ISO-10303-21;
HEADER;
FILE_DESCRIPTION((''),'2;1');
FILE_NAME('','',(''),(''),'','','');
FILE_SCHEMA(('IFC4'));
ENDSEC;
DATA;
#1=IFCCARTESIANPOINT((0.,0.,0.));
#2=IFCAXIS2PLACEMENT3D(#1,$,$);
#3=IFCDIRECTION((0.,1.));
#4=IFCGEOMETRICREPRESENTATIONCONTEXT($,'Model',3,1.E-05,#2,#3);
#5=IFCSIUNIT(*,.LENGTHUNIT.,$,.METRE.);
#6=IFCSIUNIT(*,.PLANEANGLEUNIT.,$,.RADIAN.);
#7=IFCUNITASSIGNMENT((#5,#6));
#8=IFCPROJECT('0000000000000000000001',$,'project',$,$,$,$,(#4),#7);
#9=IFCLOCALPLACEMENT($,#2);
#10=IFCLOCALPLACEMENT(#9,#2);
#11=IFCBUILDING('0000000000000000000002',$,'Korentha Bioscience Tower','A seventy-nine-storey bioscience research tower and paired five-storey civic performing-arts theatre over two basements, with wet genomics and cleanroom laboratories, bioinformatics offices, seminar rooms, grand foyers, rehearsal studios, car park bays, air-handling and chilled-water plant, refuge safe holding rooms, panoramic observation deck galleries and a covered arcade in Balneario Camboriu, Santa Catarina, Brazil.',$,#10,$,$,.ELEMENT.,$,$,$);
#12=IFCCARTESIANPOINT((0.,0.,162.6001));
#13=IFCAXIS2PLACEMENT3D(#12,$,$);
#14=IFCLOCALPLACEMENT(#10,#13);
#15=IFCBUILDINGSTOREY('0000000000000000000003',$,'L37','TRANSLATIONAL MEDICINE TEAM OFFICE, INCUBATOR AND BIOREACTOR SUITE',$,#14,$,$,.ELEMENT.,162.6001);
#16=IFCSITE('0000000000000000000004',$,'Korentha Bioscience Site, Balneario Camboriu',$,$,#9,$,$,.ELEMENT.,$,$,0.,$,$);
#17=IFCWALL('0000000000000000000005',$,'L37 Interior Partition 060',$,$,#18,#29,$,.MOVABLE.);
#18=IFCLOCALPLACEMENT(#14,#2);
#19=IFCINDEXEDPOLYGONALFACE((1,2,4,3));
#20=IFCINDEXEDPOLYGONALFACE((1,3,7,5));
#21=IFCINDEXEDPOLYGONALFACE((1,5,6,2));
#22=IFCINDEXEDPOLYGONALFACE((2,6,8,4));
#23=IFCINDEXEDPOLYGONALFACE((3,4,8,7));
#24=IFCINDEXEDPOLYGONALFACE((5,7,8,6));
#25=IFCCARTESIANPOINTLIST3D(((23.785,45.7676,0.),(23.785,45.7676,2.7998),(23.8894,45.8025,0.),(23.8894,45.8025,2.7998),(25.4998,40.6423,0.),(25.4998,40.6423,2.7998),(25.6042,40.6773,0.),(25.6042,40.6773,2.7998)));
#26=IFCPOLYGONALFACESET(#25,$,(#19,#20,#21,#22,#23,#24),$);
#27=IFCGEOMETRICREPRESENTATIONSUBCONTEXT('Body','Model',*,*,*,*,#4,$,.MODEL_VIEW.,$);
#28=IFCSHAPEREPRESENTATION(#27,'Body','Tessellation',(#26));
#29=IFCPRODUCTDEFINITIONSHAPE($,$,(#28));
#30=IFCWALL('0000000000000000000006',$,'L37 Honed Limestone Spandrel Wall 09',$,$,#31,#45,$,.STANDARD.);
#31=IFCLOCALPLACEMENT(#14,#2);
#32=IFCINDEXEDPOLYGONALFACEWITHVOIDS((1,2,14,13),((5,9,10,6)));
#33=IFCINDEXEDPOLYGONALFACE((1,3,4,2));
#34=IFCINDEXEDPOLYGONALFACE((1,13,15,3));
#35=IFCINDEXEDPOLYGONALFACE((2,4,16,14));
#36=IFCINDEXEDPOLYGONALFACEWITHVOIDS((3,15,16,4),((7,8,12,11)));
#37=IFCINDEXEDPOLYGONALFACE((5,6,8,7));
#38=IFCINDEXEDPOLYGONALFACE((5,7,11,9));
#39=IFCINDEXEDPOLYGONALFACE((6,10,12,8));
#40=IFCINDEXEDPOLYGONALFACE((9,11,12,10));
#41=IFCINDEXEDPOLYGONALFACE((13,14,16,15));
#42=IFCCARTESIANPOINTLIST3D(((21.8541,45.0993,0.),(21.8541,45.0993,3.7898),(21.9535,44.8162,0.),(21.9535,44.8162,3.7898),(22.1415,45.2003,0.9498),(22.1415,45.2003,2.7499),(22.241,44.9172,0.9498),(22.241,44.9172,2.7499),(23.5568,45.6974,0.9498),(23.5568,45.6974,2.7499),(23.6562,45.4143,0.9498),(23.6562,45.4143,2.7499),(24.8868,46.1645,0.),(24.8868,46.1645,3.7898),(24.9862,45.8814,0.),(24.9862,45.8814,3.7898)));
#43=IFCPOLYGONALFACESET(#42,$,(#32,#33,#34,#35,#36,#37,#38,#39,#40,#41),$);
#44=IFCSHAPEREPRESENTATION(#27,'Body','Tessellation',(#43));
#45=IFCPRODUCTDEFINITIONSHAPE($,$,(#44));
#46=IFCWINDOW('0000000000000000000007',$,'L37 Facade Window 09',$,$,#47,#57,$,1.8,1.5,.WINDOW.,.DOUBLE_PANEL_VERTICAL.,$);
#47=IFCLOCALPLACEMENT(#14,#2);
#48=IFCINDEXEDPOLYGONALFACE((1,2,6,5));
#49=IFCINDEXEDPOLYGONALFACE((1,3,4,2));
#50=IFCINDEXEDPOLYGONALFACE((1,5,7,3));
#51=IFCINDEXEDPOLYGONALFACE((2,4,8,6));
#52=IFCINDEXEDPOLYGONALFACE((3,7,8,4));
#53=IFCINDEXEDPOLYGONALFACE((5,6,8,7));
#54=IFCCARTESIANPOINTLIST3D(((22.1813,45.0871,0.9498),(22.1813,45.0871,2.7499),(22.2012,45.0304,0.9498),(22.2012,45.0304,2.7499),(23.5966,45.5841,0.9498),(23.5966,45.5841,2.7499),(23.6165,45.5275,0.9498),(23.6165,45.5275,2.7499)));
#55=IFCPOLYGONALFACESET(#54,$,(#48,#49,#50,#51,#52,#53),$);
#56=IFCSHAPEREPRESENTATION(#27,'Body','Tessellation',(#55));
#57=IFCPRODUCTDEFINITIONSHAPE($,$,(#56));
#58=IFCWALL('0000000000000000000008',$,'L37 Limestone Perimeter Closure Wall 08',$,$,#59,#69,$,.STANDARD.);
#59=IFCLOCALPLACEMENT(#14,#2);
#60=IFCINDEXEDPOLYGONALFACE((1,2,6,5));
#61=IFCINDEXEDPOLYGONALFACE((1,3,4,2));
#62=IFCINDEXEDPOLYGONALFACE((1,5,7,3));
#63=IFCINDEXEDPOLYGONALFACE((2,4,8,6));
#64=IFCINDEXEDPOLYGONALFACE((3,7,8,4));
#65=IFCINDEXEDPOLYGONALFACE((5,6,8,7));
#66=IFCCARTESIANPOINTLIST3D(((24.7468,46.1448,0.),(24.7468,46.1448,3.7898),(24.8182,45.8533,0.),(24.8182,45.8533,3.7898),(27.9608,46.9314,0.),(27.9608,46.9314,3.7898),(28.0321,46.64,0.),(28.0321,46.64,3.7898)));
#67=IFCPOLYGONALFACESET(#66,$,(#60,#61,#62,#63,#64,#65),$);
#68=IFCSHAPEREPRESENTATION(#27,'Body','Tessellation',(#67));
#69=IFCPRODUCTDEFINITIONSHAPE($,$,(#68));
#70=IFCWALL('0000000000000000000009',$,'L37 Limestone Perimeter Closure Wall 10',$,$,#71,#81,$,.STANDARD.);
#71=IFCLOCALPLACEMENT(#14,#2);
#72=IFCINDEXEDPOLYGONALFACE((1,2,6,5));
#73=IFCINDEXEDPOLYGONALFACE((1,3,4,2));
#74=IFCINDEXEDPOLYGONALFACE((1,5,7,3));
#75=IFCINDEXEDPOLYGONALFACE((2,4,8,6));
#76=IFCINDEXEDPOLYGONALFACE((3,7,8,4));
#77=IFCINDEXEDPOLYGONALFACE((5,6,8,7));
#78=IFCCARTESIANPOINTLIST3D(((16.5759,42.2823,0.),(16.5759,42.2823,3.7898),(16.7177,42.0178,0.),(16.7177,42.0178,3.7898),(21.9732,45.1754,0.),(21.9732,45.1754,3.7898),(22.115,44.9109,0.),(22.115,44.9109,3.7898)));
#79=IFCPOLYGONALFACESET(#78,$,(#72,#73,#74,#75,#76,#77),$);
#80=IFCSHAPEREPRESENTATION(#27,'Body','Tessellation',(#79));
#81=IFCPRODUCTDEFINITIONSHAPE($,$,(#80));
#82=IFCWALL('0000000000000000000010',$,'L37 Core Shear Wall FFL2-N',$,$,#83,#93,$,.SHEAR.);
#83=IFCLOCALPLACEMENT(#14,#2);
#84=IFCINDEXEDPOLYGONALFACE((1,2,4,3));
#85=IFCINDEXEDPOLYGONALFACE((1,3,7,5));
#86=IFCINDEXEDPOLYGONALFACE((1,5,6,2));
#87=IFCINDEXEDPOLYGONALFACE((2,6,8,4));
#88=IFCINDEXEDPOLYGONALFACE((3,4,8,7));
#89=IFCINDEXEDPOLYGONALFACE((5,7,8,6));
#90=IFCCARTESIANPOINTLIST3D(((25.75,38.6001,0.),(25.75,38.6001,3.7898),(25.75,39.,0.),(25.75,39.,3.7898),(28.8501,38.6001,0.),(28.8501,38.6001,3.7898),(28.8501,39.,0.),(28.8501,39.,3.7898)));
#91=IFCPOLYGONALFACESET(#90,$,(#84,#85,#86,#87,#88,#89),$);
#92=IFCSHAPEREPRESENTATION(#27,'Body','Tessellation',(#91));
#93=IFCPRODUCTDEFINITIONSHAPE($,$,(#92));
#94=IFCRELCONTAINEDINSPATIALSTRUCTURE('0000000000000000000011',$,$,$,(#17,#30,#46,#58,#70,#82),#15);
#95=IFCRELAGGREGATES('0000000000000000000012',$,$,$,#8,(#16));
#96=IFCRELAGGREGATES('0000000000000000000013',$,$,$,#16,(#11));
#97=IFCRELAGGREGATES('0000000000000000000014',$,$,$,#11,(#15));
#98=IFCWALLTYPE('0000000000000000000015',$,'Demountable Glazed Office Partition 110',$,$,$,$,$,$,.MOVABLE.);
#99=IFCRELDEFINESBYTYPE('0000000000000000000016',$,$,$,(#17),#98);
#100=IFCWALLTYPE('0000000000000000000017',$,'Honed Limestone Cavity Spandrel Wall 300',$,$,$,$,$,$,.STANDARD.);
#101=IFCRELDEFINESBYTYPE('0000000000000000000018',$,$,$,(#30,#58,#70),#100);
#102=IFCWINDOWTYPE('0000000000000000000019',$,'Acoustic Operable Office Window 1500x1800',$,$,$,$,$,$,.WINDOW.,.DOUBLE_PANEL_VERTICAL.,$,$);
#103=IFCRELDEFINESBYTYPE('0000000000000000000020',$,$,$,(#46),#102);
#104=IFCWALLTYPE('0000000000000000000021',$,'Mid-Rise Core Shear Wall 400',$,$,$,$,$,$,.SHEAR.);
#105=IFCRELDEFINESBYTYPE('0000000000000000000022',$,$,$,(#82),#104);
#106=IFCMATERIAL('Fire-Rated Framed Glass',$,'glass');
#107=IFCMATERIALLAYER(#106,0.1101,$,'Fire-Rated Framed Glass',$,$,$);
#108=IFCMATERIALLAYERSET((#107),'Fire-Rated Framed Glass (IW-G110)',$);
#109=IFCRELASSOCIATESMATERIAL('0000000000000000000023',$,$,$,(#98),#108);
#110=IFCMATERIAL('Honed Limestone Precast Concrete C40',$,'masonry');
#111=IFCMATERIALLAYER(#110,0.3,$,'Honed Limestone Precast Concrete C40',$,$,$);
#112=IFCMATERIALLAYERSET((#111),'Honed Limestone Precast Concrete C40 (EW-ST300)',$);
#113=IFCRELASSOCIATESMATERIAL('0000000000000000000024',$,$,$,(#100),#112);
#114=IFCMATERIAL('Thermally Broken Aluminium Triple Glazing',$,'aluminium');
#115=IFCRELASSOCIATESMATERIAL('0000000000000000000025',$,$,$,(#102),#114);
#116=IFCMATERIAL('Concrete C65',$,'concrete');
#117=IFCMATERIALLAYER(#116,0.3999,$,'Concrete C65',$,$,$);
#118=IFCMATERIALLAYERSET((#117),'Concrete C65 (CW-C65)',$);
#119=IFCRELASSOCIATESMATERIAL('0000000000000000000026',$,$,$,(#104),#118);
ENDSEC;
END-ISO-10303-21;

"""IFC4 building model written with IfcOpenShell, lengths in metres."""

from ifc_helpers import new_model, si_unit, direction, frame, frame_2d, origin, place, context, subcontext, project, spatial, rectangle, extrude, material, layer, layer_set, type_object, element, fill, save


model = new_model("IFC4")

# Units and contexts
model_context = context("Model", 3, precision=1e-05, world=origin(), true_north=direction((0.0, 1.0)))
body_context = subcontext(model_context, "Body", "Model", "MODEL_VIEW")
ifc_project = project(units=[si_unit("LENGTHUNIT", "METRE"), si_unit("PLANEANGLEUNIT", "RADIAN")], contexts=[model_context])

# Site, building, storey
site_placement = place(None, origin())
site = spatial("IfcSite", under=ifc_project, at=site_placement, Name="Korentha Bioscience Site, Balneario Camboriu", CompositionType="ELEMENT", RefElevation=0.0)
building_placement = place(site_placement, origin())
building = spatial("IfcBuilding", under=site, at=building_placement, Name="Korentha Bioscience Tower", Description="A seventy-nine-storey bioscience research tower and paired five-storey civic performing-arts theatre over two basements, with wet genomics and cleanroom laboratories, bioinformatics offices, seminar rooms, grand foyers, rehearsal studios, car park bays, air-handling and chilled-water plant, refuge safe holding rooms, panoramic observation deck galleries and a covered arcade in Balneario Camboriu, Santa Catarina, Brazil.", CompositionType="ELEMENT")
storey_placement = place(building_placement, frame((0.0, 0.0, 162.6001)))
storey = spatial("IfcBuildingStorey", under=building, at=storey_placement, Name="L37", Description="TRANSLATIONAL MEDICINE TEAM OFFICE, INCUBATOR AND BIOREACTOR SUITE", CompositionType="ELEMENT", Elevation=162.6001)

# Shared definitions
ifc_material_1 = material(Name="Concrete C65", Category="concrete")

# Wall
ifc_material_2 = material(Name="Fire-Rated Framed Glass", Category="glass")
ifc_layer_1 = layer(ifc_material_2, 0.1101, Name="Fire-Rated Framed Glass")
ifc_layer_set_1 = layer_set([ifc_layer_1], Name="Fire-Rated Framed Glass (IW-G110)")
wall_type_1 = type_object("IfcWallType", Name="Demountable Glazed Office Partition 110", PredefinedType="MOVABLE", material=ifc_layer_set_1)
wall_1_placement = place(storey_placement, frame((25.552, 40.6599, 0.0), z_axis=(0.0, 0.0, 1.0), x_axis=(-0.317298, 0.948326, 0.0)))
element("IfcWall", 1, at=wall_1_placement, inside=storey, type_object=wall_type_1, Name="L37 Interior Partition 060", PredefinedType="MOVABLE", context=body_context, shape_type="SweptSolid", body=[
    extrude(rectangle(XDim=5.4045, YDim=0.1101, at=frame_2d((2.7021, 0.0))), origin(), (0.0, 0.0, 1.0), 2.7998),
])

# Wall, opening, window
ifc_material_3 = material(Name="Honed Limestone Precast Concrete C40", Category="masonry")
ifc_layer_2 = layer(ifc_material_3, 0.3, Name="Honed Limestone Precast Concrete C40")
ifc_layer_set_2 = layer_set([ifc_layer_2], Name="Honed Limestone Precast Concrete C40 (EW-ST300)")
wall_type_2 = type_object("IfcWallType", Name="Honed Limestone Cavity Spandrel Wall 300", PredefinedType="STANDARD", material=ifc_layer_set_2)
wall_2_placement = place(storey_placement, frame((24.9365, 46.0229, 0.0), z_axis=(0.0, 0.0, 1.0), x_axis=(-0.943495, -0.331385, 0.0)))
wall_2 = element("IfcWall", 2, at=wall_2_placement, inside=storey, type_object=wall_type_2, Name="L37 Honed Limestone Spandrel Wall 09", PredefinedType="STANDARD", context=body_context, shape_type="SweptSolid", body=[
    extrude(rectangle(XDim=3.2144, YDim=0.3, at=frame_2d((1.6072, 0.0))), origin(), (0.0, 0.0, 1.0), 3.7898),
])
opening_1_placement = place(wall_2_placement, frame((1.4097, 0.0, 0.95)))
opening_1 = element("IfcOpeningElement", 3, at=opening_1_placement, cuts=wall_2, PredefinedType="OPENING", context=body_context, shape_type="SweptSolid", body=[
    extrude(rectangle(XDim=1.5, YDim=1.8, at=frame_2d((0.75, 0.8999))), frame((0.0, 0.165, 0.0), z_axis=(0.0, -1.0, 0.0), x_axis=(1.0, 0.0, 0.0)), (0.0, 0.0, 1.0), 0.3298),
])
ifc_material_4 = material(Name="Thermally Broken Aluminium Triple Glazing", Category="aluminium")
window_type = type_object("IfcWindowType", Name="Acoustic Operable Office Window 1500x1800", PartitioningType="DOUBLE_PANEL_VERTICAL", PredefinedType="WINDOW", material=ifc_material_4)
window_placement = place(opening_1_placement, origin())
window = element("IfcWindow", 4, at=window_placement, inside=storey, type_object=window_type, Name="L37 Facade Window 09", OverallHeight=1.8, OverallWidth=1.5, PartitioningType="DOUBLE_PANEL_VERTICAL", PredefinedType="WINDOW", context=body_context, shape_type="SweptSolid", body=[
    extrude(rectangle(XDim=1.5, YDim=1.8, at=frame_2d((0.75, 0.8999))), frame((0.0, 0.03, 0.0), z_axis=(0.0, -1.0, 0.0), x_axis=(1.0, 0.0, 0.0)), (0.0, 0.0, 1.0), 0.0601),
])
fill(opening_1, window)

# Walls
wall_3_placement = place(storey_placement, frame((27.9963, 46.7856, 0.0), z_axis=(0.0, 0.0, 1.0), x_axis=(-0.971329, -0.237741, 0.0)))
element("IfcWall", 5, at=wall_3_placement, inside=storey, type_object=wall_type_2, Name="L37 Limestone Perimeter Closure Wall 08", PredefinedType="STANDARD", context=body_context, shape_type="SweptSolid", body=[
    extrude(rectangle(XDim=3.3088, YDim=0.3, at=frame_2d((1.6543, 0.0))), origin(), (0.0, 0.0, 1.0), 3.7898),
])
wall_4_placement = place(storey_placement, frame((22.0442, 45.0432, 0.0), z_axis=(0.0, 0.0, 1.0), x_axis=(-0.881364, -0.472437, 0.0)))
element("IfcWall", 6, at=wall_4_placement, inside=storey, type_object=wall_type_2, Name="L37 Limestone Perimeter Closure Wall 10", PredefinedType="STANDARD", context=body_context, shape_type="SweptSolid", body=[
    extrude(rectangle(XDim=6.1238, YDim=0.3, at=frame_2d((3.062, 0.0))), origin(), (0.0, 0.0, 1.0), 3.7898),
])
ifc_layer_3 = layer(ifc_material_1, 0.3999, Name="Concrete C65")
ifc_layer_set_3 = layer_set([ifc_layer_3], Name="Concrete C65 (CW-C65)")
wall_type_3 = type_object("IfcWallType", Name="Mid-Rise Core Shear Wall 400", PredefinedType="SHEAR", material=ifc_layer_set_3)
wall_5_placement = place(storey_placement, frame((25.75, 38.8, 0.0), z_axis=(0.0, 0.0, 1.0), x_axis=(1.0, 0.0, 0.0)))
element("IfcWall", 7, at=wall_5_placement, inside=storey, type_object=wall_type_3, Name="L37 Core Shear Wall FFL2-N", PredefinedType="SHEAR", context=body_context, shape_type="SweptSolid", body=[
    extrude(rectangle(XDim=3.1001, YDim=0.3999, at=frame_2d((1.55, 0.0))), origin(), (0.0, 0.0, 1.0), 3.7898),
])

save(model, "model.ifc")
